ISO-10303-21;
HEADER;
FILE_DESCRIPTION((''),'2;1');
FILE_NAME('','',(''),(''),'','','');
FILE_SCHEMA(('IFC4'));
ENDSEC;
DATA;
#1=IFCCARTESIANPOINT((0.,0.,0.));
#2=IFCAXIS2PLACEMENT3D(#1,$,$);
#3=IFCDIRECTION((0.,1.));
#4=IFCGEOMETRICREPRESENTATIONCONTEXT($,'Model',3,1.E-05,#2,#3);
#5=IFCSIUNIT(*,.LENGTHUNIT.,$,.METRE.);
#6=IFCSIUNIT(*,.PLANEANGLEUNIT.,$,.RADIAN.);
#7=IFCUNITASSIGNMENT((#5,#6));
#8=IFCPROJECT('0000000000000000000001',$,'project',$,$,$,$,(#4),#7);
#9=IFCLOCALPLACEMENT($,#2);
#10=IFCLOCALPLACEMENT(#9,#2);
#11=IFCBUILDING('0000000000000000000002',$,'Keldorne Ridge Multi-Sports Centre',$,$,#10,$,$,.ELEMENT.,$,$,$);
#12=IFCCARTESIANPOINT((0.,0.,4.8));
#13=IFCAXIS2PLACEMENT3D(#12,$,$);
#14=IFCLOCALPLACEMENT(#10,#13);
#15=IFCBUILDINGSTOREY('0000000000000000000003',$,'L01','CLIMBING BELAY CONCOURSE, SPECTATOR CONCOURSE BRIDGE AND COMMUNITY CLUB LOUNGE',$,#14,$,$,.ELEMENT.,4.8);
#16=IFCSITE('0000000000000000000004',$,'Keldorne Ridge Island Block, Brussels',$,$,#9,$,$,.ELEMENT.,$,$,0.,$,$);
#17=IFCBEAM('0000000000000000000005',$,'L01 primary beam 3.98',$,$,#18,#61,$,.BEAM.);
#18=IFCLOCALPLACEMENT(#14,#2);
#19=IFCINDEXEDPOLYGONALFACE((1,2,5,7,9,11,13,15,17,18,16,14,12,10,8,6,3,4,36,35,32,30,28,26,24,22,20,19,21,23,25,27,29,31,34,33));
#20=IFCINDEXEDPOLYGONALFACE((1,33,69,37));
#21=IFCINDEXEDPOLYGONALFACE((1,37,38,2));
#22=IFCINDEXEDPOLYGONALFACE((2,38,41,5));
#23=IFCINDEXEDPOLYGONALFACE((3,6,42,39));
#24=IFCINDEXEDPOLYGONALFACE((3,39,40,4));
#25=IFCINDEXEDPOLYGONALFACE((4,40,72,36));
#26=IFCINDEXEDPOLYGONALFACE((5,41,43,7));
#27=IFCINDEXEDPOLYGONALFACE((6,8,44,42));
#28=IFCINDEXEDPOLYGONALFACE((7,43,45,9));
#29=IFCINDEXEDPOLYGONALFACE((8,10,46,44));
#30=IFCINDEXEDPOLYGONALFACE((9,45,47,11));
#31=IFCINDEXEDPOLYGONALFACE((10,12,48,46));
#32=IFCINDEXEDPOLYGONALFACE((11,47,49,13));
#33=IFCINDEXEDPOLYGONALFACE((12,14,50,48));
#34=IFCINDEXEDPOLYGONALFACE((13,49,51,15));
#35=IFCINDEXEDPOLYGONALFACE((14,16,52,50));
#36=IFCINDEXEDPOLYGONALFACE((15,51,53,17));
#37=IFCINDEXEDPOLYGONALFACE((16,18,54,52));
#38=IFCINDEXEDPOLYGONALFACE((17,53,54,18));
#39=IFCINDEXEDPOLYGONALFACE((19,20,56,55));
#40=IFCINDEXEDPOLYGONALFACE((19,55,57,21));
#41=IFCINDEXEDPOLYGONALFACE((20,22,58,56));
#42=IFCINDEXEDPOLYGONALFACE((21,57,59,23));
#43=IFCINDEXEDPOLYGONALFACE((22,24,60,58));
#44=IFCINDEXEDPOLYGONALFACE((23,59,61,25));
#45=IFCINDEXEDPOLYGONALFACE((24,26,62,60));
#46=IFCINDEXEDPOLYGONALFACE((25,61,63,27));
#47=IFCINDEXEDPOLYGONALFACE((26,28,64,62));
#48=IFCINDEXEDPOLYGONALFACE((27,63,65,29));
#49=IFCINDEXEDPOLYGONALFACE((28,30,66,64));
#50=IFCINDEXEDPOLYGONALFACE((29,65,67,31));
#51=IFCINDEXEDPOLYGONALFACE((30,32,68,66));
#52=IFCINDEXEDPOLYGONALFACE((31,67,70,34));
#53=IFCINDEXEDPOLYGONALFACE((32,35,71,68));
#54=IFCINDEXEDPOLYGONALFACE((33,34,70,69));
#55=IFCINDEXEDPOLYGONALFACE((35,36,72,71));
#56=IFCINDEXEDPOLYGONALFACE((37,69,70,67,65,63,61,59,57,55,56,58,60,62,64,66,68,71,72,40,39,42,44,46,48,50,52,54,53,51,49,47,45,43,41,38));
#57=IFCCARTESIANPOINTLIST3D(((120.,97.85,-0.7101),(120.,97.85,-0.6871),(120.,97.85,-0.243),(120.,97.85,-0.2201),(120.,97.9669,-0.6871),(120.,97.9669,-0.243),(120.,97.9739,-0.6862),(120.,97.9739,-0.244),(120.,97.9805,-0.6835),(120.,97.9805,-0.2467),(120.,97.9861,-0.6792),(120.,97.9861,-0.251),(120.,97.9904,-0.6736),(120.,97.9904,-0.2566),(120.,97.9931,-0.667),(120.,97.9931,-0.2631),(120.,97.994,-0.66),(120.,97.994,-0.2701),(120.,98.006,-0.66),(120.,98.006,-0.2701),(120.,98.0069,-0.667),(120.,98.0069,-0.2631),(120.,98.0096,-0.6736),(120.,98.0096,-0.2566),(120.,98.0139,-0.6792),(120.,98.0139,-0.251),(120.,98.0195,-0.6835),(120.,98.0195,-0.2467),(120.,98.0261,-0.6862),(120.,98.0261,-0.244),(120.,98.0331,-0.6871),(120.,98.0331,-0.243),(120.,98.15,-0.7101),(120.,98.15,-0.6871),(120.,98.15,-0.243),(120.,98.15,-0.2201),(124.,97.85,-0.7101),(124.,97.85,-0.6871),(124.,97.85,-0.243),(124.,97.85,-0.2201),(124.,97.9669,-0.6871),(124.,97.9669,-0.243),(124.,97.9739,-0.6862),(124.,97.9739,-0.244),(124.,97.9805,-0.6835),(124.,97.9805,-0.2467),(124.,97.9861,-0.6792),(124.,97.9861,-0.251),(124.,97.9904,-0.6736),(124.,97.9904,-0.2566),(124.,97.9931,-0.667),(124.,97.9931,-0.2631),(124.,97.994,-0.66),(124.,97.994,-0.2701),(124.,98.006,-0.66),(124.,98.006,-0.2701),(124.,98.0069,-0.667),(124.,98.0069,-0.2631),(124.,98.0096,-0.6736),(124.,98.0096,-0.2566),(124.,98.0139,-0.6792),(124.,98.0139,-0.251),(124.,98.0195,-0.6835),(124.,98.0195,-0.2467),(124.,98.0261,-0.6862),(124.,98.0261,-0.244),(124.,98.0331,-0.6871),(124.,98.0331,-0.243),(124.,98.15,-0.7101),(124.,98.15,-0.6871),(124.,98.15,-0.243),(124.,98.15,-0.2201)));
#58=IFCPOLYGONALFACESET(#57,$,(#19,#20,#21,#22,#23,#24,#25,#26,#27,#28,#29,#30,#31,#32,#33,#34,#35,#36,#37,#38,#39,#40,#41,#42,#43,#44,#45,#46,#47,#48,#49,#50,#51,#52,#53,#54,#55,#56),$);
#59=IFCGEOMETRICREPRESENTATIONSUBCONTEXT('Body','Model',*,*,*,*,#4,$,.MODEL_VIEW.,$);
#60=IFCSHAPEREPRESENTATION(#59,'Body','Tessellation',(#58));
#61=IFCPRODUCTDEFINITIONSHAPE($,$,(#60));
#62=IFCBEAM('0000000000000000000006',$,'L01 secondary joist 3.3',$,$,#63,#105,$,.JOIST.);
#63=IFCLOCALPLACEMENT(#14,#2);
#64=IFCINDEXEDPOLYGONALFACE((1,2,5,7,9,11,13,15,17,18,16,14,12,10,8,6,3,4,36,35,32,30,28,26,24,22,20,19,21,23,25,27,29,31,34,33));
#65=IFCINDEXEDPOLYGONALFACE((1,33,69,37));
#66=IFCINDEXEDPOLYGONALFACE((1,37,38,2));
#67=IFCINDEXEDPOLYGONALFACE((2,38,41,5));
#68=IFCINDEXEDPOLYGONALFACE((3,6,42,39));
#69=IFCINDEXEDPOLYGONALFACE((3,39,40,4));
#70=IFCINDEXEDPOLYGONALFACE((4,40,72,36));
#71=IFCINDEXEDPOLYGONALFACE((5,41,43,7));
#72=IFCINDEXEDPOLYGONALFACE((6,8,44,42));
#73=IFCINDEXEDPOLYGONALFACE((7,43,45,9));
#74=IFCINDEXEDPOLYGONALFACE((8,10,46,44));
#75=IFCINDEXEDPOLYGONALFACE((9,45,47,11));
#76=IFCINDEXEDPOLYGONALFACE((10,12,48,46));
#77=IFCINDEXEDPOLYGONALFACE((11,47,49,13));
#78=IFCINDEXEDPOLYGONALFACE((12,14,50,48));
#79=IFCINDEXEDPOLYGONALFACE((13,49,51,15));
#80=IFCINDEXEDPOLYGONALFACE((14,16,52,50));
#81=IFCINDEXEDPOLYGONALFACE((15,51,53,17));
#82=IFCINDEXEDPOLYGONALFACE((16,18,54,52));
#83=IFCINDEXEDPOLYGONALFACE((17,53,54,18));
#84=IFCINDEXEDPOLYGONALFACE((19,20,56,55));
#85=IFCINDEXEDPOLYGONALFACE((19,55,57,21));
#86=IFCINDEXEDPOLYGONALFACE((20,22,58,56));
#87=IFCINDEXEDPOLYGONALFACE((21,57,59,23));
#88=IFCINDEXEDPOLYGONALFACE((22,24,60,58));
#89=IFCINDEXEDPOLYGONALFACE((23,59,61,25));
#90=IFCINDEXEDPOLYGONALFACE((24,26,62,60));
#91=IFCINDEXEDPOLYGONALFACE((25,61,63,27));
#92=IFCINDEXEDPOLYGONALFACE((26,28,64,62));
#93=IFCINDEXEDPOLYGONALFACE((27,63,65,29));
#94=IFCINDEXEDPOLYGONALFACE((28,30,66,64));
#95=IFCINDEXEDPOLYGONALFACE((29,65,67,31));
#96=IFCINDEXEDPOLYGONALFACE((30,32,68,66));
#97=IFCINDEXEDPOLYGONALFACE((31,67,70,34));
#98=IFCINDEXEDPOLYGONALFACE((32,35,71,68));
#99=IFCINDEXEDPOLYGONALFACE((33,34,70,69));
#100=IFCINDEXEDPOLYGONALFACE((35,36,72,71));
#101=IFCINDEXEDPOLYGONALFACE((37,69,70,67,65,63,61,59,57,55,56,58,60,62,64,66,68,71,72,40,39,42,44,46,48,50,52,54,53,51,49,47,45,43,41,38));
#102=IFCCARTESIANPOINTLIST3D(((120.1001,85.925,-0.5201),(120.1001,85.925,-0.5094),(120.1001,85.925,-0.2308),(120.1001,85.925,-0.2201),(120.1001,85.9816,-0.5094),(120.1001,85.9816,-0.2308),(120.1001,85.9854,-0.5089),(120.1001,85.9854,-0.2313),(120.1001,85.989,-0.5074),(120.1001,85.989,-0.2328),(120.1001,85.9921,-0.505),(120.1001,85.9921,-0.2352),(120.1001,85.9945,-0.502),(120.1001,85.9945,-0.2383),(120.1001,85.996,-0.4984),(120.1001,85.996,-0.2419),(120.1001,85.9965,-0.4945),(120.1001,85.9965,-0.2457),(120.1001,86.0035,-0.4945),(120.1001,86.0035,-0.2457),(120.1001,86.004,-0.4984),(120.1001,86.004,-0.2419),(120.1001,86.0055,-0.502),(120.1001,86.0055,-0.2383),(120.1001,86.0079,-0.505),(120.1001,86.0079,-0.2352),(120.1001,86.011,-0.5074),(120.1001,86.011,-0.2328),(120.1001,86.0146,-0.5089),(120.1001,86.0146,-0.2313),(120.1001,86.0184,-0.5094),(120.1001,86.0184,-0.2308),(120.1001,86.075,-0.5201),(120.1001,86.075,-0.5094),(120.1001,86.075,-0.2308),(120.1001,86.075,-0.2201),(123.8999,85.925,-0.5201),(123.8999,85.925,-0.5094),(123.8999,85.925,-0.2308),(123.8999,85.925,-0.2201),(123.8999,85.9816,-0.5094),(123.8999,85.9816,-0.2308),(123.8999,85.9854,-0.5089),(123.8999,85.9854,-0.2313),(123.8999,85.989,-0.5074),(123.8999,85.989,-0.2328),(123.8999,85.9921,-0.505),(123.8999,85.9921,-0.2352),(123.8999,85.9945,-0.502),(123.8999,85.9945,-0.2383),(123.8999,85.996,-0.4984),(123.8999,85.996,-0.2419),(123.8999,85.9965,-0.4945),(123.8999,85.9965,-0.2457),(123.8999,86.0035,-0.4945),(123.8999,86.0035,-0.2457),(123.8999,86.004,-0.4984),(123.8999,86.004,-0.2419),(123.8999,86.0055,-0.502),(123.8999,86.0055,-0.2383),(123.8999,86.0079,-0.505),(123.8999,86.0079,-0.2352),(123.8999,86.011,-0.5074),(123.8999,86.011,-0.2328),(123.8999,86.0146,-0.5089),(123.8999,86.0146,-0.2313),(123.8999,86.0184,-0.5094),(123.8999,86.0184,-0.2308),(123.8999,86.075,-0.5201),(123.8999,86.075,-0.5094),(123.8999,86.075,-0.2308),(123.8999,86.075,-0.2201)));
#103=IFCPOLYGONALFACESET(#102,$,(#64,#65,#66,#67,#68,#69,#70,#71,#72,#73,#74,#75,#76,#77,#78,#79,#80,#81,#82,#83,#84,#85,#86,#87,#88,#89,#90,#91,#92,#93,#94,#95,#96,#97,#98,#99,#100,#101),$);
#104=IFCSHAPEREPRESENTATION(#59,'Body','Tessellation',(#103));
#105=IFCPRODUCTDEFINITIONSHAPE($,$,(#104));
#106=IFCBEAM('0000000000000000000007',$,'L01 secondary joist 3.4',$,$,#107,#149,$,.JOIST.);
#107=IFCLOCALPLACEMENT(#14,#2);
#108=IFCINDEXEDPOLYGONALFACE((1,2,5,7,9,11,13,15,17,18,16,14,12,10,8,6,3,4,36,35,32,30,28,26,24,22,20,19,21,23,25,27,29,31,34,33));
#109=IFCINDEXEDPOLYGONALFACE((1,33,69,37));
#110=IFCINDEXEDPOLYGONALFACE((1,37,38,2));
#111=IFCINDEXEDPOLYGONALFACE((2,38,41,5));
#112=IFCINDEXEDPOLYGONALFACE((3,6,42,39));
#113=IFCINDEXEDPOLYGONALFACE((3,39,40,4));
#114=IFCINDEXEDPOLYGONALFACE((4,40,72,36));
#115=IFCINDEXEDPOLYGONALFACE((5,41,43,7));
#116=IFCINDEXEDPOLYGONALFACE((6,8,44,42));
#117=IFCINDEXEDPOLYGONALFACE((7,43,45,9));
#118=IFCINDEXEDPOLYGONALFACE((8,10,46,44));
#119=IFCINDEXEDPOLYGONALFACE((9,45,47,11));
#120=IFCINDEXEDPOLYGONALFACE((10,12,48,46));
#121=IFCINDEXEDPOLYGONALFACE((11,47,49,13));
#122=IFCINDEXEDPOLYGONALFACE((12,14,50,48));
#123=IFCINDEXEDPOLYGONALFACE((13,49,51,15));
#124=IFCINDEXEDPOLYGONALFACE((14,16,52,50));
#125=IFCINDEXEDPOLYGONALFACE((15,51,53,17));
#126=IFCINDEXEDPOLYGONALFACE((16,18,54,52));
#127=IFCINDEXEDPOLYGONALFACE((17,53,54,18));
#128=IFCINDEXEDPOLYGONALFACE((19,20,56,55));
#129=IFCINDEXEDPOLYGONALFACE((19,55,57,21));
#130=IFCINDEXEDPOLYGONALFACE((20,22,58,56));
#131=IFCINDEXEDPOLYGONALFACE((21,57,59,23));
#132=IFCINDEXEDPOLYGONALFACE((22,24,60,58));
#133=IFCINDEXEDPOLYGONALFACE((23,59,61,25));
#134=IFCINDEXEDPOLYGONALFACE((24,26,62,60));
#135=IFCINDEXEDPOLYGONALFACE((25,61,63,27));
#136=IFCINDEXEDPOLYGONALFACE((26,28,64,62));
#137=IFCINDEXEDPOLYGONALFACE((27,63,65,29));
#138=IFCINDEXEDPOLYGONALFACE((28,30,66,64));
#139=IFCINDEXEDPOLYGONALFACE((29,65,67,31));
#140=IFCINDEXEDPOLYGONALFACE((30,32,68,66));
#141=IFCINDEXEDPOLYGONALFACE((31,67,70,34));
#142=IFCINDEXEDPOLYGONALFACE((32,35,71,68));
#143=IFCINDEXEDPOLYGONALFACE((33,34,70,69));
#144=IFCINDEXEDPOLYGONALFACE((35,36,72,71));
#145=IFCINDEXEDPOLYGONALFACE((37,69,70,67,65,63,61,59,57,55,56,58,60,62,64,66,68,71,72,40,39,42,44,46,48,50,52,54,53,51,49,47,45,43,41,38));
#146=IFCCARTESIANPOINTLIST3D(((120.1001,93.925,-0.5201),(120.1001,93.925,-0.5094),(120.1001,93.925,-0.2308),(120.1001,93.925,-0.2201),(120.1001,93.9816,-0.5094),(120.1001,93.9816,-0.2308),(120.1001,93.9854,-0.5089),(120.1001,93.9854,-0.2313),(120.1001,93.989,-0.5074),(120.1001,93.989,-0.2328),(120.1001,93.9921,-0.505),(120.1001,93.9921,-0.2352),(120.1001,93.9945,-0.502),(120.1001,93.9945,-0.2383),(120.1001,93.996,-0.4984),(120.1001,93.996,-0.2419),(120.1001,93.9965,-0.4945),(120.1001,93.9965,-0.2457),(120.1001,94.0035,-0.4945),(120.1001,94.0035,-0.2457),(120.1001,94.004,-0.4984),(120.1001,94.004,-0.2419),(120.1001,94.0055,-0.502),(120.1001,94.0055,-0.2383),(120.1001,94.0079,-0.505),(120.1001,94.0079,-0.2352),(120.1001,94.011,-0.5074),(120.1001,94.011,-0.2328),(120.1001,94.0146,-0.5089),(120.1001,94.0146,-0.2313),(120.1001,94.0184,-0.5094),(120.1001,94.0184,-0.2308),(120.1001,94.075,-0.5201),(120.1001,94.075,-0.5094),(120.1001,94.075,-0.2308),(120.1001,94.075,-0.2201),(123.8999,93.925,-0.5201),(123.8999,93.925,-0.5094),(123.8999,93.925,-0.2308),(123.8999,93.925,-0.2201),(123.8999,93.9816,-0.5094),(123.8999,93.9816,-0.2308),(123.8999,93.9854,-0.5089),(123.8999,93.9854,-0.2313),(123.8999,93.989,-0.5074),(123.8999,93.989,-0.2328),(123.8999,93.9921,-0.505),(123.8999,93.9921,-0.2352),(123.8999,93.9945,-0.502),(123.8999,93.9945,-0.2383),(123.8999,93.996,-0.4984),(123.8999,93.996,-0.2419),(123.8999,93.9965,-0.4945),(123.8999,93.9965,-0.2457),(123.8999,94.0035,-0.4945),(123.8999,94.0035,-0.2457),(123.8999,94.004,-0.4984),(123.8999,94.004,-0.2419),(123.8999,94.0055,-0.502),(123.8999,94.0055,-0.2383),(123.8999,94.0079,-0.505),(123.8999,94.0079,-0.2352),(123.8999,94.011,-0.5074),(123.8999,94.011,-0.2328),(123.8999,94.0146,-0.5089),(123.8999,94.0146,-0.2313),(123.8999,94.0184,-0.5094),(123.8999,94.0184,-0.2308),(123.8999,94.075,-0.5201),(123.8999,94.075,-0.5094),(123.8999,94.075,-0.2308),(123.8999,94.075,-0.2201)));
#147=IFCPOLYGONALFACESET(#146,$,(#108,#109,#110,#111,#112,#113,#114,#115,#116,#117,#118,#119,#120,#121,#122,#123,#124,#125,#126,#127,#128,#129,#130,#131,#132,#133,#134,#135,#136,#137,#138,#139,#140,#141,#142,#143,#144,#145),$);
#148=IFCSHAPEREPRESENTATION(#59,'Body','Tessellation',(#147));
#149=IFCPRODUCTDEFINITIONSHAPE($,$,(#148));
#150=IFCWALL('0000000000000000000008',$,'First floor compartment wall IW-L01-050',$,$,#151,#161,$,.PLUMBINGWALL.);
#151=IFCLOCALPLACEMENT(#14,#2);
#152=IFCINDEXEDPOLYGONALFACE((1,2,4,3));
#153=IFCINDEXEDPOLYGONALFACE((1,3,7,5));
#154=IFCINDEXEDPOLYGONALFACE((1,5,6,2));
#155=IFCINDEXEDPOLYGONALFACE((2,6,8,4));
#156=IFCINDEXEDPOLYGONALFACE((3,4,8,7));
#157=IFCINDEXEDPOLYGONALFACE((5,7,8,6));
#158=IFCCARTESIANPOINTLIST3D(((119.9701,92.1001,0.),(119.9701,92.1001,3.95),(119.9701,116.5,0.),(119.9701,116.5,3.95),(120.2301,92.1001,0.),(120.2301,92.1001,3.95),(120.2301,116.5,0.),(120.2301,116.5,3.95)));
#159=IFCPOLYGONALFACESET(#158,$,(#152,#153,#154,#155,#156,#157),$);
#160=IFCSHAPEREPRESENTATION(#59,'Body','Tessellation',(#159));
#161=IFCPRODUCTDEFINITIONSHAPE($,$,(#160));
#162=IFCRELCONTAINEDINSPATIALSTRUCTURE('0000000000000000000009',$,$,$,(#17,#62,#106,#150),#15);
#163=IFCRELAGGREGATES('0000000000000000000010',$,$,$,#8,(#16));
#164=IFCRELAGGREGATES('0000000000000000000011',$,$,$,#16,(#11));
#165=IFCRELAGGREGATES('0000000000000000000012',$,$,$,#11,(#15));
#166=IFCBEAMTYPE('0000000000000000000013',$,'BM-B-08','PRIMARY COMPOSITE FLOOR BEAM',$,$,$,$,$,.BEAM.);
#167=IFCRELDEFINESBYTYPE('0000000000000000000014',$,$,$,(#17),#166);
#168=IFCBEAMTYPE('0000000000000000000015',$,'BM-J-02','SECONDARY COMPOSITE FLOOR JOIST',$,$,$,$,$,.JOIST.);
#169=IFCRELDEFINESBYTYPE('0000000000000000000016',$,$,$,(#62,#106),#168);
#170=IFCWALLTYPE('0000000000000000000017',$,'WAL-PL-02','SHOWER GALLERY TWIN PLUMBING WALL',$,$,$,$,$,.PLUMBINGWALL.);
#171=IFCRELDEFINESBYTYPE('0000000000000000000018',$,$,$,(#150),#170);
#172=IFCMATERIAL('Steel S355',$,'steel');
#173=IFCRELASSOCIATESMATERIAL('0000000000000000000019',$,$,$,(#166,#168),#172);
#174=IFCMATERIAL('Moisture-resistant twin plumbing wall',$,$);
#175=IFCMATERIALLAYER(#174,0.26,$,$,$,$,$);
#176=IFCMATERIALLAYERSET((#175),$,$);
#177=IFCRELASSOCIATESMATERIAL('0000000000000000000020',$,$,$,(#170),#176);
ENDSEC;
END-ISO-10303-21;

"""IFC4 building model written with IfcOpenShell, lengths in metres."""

from ifc_helpers import new_model, si_unit, direction, frame, frame_2d, origin, origin_2d, place, context, subcontext, project, spatial, rectangle, i_section, extrude, material, layer, layer_set, material_profile, profile_set, type_object, element, save


model = new_model("IFC4")

# Units and contexts
model_context = context("Model", 3, precision=1e-05, world=origin(), true_north=direction((0.0, 1.0)))
body_context = subcontext(model_context, "Body", "Model", "MODEL_VIEW")
ifc_project = project(units=[si_unit("LENGTHUNIT", "METRE"), si_unit("PLANEANGLEUNIT", "RADIAN")], contexts=[model_context])

# Site, building, storey
site_placement = place(None, origin())
site = spatial("IfcSite", under=ifc_project, at=site_placement, Name="Keldorne Ridge Island Block, Brussels", CompositionType="ELEMENT", RefElevation=0.0)
building_placement = place(site_placement, origin())
building = spatial("IfcBuilding", under=site, at=building_placement, Name="Keldorne Ridge Multi-Sports Centre", CompositionType="ELEMENT")
storey_placement = place(building_placement, frame((0.0, 0.0, 4.8)))
storey = spatial("IfcBuildingStorey", under=building, at=storey_placement, Name="L01", Description="CLIMBING BELAY CONCOURSE, SPECTATOR CONCOURSE BRIDGE AND COMMUNITY CLUB LOUNGE", CompositionType="ELEMENT", Elevation=4.8)

# Shared definitions
ifc_material_1 = material(Name="Steel S355", Category="steel")

# Beams
ifc_material_profile_1 = material_profile(ifc_material_1, i_section(OverallWidth=0.3, OverallDepth=0.49, WebThickness=0.012, FlangeThickness=0.0229, FilletRadius=0.0271, at=origin_2d()), Name="HEA 500")
ifc_profile_set_1 = profile_set([ifc_material_profile_1], Name="Steel S355")
beam_type_1 = type_object("IfcBeamType", Name="BM-B-08", Description="PRIMARY COMPOSITE FLOOR BEAM", PredefinedType="BEAM", material=ifc_profile_set_1)
for number, where, z_axis, x_axis, name in (
    (1, (120.0, 98.0, -0.4651), (1.0, 0.0, 0.0), (0.0, 1.0, 0.0), "L01 primary beam 3.98"),
):
    element("IfcBeam", number, at=place(storey_placement, frame(where, z_axis=z_axis, x_axis=x_axis)), inside=storey, type_object=beam_type_1, Name=name, PredefinedType="BEAM", context=body_context, shape_type="SweptSolid", body=[
        extrude(i_section(OverallWidth=0.3, OverallDepth=0.49, WebThickness=0.012, FlangeThickness=0.0229, FilletRadius=0.0271, at=origin_2d()), origin(), (0.0, 0.0, 1.0), 4.0),
    ])
ifc_material_profile_2 = material_profile(ifc_material_1, i_section(OverallWidth=0.1499, OverallDepth=0.3, WebThickness=0.0071, FlangeThickness=0.0107, FilletRadius=0.0149, at=origin_2d()), Name="IPE 300")
ifc_profile_set_2 = profile_set([ifc_material_profile_2], Name="Steel S355")
beam_type_2 = type_object("IfcBeamType", Name="BM-J-02", Description="SECONDARY COMPOSITE FLOOR JOIST", PredefinedType="JOIST", material=ifc_profile_set_2)
for number, where, z_axis, x_axis, name in (
    (2, (120.1001, 86.0, -0.3701), (1.0, 0.0, 0.0), (0.0, 1.0, 0.0), "L01 secondary joist 3.3"),
    (3, (120.1001, 94.0, -0.3701), (1.0, 0.0, 0.0), (0.0, 1.0, 0.0), "L01 secondary joist 3.4"),
):
    element("IfcBeam", number, at=place(storey_placement, frame(where, z_axis=z_axis, x_axis=x_axis)), inside=storey, type_object=beam_type_2, Name=name, PredefinedType="JOIST", context=body_context, shape_type="SweptSolid", body=[
        extrude(i_section(OverallWidth=0.1499, OverallDepth=0.3, WebThickness=0.0071, FlangeThickness=0.0107, FilletRadius=0.0149, at=origin_2d()), origin(), (0.0, 0.0, 1.0), 3.7998),
    ])

# Wall
ifc_material_2 = material(Name="Moisture-resistant twin plumbing wall")
ifc_layer = layer(ifc_material_2, 0.26)
ifc_layer_set = layer_set([ifc_layer])
wall_type = type_object("IfcWallType", Name="WAL-PL-02", Description="SHOWER GALLERY TWIN PLUMBING WALL", PredefinedType="PLUMBINGWALL", material=ifc_layer_set)
wall_placement = place(storey_placement, frame((120.1001, 92.1001, 0.0), z_axis=(0.0, 0.0, 1.0), x_axis=(0.0, 1.0, 0.0)))
element("IfcWall", 4, at=wall_placement, inside=storey, type_object=wall_type, Name="First floor compartment wall IW-L01-050", PredefinedType="PLUMBINGWALL", context=body_context, shape_type="SweptSolid", body=[
    extrude(rectangle(XDim=24.3999, YDim=0.26, at=frame_2d((12.2, 0.0))), origin(), (0.0, 0.0, 1.0), 3.95),
])

save(model, "model.ifc")
